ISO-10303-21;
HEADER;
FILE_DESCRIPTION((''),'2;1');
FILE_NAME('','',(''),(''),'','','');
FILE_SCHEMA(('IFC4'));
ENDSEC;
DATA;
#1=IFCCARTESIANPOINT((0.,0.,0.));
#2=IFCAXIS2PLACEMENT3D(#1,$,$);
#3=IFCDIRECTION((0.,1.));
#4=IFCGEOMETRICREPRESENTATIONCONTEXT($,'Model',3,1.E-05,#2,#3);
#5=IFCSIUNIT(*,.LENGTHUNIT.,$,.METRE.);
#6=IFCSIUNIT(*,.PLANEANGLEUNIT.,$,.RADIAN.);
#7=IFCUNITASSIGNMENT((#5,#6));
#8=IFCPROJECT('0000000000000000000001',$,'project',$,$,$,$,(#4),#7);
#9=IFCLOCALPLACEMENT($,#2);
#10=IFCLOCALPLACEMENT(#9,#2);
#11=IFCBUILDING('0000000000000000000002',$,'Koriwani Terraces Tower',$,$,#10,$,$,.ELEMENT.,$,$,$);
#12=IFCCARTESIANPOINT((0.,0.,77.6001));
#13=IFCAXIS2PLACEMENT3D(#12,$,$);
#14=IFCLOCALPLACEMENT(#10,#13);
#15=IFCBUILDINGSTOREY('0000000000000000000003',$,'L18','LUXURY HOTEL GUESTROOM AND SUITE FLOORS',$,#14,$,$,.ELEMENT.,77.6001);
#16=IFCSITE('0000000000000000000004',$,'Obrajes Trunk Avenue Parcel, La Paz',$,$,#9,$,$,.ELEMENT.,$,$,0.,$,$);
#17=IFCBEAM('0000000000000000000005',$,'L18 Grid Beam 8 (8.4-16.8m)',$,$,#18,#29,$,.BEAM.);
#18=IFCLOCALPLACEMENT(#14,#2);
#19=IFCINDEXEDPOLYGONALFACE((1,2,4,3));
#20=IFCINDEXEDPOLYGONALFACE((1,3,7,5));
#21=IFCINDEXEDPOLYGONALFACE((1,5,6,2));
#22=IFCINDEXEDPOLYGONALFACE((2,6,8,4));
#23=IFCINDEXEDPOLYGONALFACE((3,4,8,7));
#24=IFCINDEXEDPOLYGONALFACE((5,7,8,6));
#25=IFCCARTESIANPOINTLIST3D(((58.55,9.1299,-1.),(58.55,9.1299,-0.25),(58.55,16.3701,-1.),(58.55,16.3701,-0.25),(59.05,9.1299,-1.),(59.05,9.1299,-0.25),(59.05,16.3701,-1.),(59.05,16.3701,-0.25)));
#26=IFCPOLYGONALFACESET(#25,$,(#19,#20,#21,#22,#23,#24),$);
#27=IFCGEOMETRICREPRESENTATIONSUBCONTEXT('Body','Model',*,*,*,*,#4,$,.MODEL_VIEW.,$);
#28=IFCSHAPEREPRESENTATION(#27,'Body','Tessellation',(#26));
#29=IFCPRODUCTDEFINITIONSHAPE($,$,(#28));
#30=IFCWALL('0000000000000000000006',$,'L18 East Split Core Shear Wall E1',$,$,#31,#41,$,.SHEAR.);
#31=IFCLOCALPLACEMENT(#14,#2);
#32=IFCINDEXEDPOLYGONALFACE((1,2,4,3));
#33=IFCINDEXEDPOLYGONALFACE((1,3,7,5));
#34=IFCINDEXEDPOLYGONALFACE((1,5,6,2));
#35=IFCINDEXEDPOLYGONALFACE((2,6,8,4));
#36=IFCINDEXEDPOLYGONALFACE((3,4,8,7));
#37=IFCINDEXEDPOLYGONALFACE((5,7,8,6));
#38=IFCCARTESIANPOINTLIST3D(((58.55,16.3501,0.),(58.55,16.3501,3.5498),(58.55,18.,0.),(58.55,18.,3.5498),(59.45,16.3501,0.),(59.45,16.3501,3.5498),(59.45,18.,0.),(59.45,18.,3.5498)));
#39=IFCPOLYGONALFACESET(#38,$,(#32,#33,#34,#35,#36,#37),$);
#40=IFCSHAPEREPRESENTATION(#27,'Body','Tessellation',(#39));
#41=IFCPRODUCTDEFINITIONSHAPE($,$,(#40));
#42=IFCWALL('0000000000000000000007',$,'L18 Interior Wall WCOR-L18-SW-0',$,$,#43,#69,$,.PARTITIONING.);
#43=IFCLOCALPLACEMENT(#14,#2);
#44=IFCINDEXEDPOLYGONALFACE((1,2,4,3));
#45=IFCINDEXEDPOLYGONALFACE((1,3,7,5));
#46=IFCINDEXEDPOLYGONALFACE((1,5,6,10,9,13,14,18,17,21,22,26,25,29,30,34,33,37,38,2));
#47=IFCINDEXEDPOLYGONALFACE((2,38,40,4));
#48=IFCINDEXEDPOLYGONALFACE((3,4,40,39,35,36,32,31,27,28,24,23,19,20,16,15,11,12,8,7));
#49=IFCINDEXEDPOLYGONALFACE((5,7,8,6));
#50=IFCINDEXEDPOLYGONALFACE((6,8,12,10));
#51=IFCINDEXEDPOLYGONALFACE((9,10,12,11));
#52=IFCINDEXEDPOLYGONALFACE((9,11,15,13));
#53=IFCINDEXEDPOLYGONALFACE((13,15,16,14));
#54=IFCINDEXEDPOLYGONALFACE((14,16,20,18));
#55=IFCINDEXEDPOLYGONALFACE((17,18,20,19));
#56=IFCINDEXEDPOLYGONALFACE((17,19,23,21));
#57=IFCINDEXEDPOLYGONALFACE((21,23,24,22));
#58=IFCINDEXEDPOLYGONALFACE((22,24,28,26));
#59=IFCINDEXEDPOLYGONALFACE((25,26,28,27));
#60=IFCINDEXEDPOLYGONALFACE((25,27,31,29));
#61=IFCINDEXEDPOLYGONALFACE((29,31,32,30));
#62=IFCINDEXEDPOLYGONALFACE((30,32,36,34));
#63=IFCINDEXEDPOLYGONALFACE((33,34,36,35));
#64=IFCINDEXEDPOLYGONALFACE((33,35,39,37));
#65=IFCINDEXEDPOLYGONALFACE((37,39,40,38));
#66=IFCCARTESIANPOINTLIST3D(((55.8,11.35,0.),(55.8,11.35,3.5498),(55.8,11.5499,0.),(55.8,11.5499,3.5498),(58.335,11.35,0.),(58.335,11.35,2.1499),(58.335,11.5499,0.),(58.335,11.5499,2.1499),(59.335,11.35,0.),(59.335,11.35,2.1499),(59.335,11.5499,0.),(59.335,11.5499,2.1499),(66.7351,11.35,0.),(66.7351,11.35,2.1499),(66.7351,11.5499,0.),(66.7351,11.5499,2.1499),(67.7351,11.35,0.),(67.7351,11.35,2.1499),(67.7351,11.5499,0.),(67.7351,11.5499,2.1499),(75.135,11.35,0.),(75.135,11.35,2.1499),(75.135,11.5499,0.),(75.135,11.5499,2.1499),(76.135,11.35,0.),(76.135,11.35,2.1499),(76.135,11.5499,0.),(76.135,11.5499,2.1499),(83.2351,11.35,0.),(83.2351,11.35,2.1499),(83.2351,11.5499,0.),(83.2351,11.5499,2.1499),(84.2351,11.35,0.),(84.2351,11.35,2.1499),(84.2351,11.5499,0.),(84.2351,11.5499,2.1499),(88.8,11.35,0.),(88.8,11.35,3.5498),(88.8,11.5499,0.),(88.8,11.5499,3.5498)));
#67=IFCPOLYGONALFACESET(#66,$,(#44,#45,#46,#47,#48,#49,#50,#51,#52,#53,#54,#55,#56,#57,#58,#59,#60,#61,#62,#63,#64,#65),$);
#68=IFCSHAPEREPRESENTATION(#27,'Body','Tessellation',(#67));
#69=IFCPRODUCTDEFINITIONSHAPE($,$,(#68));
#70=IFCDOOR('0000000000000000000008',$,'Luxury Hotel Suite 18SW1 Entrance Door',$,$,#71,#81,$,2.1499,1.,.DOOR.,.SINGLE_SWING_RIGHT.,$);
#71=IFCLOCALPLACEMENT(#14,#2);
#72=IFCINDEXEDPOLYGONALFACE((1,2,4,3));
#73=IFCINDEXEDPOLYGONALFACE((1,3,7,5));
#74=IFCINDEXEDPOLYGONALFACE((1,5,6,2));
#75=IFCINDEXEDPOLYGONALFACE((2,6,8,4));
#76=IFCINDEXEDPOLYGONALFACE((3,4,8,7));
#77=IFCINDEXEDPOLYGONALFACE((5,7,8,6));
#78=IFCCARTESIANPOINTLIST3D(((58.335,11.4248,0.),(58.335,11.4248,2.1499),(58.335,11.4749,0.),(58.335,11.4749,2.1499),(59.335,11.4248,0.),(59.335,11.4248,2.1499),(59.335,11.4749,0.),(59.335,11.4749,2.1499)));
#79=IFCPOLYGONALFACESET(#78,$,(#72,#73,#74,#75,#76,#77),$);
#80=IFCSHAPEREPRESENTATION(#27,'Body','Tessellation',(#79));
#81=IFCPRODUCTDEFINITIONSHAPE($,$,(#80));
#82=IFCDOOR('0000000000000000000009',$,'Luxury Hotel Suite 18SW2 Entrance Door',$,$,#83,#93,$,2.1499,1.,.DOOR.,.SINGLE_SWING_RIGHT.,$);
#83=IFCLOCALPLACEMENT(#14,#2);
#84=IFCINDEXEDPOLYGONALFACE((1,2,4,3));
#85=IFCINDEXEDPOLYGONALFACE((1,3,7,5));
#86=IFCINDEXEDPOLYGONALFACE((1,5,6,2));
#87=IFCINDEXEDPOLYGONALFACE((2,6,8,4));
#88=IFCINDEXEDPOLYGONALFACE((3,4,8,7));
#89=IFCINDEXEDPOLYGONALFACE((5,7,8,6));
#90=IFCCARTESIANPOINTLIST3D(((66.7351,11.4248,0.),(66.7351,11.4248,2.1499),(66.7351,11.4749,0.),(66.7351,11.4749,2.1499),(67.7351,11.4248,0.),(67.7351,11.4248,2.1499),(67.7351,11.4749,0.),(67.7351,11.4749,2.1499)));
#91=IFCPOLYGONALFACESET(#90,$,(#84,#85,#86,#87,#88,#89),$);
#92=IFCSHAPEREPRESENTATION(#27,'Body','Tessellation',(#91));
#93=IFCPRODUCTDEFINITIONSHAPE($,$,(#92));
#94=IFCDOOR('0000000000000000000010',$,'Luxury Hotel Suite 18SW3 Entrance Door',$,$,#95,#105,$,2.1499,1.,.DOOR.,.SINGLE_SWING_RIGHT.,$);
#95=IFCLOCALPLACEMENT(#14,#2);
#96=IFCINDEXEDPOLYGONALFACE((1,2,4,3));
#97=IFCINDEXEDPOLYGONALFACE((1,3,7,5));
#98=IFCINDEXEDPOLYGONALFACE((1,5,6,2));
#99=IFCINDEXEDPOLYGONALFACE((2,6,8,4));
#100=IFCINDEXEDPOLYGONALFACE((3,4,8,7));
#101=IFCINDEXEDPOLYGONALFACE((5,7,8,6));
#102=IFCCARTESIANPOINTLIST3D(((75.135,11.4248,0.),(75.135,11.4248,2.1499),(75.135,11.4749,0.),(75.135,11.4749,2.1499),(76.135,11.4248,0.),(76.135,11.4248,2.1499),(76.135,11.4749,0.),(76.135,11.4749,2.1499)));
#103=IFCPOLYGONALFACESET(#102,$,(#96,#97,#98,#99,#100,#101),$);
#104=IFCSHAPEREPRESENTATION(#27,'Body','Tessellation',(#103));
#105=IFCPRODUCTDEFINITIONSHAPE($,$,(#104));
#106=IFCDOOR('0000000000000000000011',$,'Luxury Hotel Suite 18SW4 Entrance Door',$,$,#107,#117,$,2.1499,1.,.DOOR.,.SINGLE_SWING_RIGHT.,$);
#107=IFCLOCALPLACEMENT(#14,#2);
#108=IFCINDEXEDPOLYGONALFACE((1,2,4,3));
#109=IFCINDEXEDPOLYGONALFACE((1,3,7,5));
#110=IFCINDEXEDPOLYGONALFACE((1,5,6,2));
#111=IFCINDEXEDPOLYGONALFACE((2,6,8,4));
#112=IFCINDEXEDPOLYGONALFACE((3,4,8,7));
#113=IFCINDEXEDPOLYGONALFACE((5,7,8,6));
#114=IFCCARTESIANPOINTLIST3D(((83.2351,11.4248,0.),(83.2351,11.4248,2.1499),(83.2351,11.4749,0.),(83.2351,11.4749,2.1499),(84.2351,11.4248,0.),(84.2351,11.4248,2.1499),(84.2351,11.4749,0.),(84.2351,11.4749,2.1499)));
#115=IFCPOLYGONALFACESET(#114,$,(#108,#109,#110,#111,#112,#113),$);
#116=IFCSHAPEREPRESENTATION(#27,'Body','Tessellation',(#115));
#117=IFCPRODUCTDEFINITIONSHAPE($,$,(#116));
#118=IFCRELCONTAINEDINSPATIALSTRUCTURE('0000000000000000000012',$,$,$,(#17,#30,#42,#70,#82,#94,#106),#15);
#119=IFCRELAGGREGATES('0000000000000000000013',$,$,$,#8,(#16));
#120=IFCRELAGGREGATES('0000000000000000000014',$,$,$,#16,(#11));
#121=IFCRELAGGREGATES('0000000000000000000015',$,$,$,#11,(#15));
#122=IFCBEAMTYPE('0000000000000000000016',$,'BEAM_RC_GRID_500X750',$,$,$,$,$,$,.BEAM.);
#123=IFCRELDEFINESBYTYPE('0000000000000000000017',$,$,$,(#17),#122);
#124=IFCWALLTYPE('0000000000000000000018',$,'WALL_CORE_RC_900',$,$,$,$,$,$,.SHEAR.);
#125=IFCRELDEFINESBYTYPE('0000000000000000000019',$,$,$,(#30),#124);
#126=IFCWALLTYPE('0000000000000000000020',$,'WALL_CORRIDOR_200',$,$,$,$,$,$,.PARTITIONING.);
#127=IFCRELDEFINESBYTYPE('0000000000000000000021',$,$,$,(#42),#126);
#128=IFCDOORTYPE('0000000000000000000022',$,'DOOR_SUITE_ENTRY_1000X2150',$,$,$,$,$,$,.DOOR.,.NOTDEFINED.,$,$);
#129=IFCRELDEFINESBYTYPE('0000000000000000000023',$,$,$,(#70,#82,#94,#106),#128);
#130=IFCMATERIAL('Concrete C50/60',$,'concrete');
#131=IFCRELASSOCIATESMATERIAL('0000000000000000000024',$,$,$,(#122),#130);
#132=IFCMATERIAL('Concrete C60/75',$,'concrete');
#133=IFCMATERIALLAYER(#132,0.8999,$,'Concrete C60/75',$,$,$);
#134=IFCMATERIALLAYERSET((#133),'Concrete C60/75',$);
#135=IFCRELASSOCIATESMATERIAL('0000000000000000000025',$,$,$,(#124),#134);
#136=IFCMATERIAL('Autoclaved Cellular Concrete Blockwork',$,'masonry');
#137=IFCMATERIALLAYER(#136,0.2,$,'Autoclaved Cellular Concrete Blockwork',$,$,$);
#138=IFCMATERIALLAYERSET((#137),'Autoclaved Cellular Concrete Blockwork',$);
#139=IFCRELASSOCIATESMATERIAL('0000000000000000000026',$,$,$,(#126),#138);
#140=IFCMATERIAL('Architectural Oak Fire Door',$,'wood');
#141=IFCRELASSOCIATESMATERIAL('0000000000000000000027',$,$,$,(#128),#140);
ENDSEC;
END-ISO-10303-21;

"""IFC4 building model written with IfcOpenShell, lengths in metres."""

from ifc_helpers import new_model, si_unit, direction, frame, frame_2d, origin, origin_2d, place, context, subcontext, project, spatial, rectangle, extrude, material, layer, layer_set, material_profile, profile_set, type_object, element, fill, save


model = new_model("IFC4")

# Units and contexts
model_context = context("Model", 3, precision=1e-05, world=origin(), true_north=direction((0.0, 1.0)))
body_context = subcontext(model_context, "Body", "Model", "MODEL_VIEW")
ifc_project = project(units=[si_unit("LENGTHUNIT", "METRE"), si_unit("PLANEANGLEUNIT", "RADIAN")], contexts=[model_context])

# Site, building, storey
site_placement = place(None, origin())
site = spatial("IfcSite", under=ifc_project, at=site_placement, Name="Obrajes Trunk Avenue Parcel, La Paz", CompositionType="ELEMENT", RefElevation=0.0)
building_placement = place(site_placement, origin())
building = spatial("IfcBuilding", under=site, at=building_placement, Name="Koriwani Terraces Tower", CompositionType="ELEMENT")
storey_placement = place(building_placement, frame((0.0, 0.0, 77.6001)))
storey = spatial("IfcBuildingStorey", under=building, at=storey_placement, Name="L18", Description="LUXURY HOTEL GUESTROOM AND SUITE FLOORS", CompositionType="ELEMENT", Elevation=77.6001)

# Beam
ifc_material_1 = material(Name="Concrete C50/60", Category="concrete")
ifc_material_profile = material_profile(ifc_material_1, rectangle(XDim=0.5, YDim=0.75, at=origin_2d()), Name="Concrete C50/60", Category="LoadBearing")
ifc_profile_set = profile_set([ifc_material_profile], Name="Concrete C50/60")
beam_type = type_object("IfcBeamType", Name="BEAM_RC_GRID_500X750", PredefinedType="BEAM", material=ifc_profile_set)
beam_placement = place(storey_placement, frame((58.8, 9.1299, -0.625), z_axis=(0.0, 1.0, 0.0), x_axis=(-1.0, 0.0, 0.0)))
element("IfcBeam", 1, at=beam_placement, inside=storey, type_object=beam_type, Name="L18 Grid Beam 8 (8.4-16.8m)", PredefinedType="BEAM", context=body_context, shape_type="SweptSolid", body=[
    extrude(rectangle(XDim=0.5, YDim=0.75, at=origin_2d()), origin(), (0.0, 0.0, 1.0), 7.2402),
])

# Wall
ifc_material_2 = material(Name="Concrete C60/75", Category="concrete")
ifc_layer_1 = layer(ifc_material_2, 0.8999, Name="Concrete C60/75")
ifc_layer_set_1 = layer_set([ifc_layer_1], Name="Concrete C60/75")
wall_type_1 = type_object("IfcWallType", Name="WALL_CORE_RC_900", PredefinedType="SHEAR", material=ifc_layer_set_1)
wall_1_placement = place(storey_placement, frame((59.0, 16.3501, 0.0), z_axis=(0.0, 0.0, 1.0), x_axis=(0.0, 1.0, 0.0)))
element("IfcWall", 2, at=wall_1_placement, inside=storey, type_object=wall_type_1, Name="L18 East Split Core Shear Wall E1", PredefinedType="SHEAR", context=body_context, shape_type="SweptSolid", body=[
    extrude(rectangle(XDim=1.6499, YDim=0.8999, at=frame_2d((0.825, 0.0))), origin(), (0.0, 0.0, 1.0), 3.5498),
])

# Wall, openings, doors
ifc_material_3 = material(Name="Autoclaved Cellular Concrete Blockwork", Category="masonry")
ifc_layer_2 = layer(ifc_material_3, 0.2, Name="Autoclaved Cellular Concrete Blockwork")
ifc_layer_set_2 = layer_set([ifc_layer_2], Name="Autoclaved Cellular Concrete Blockwork")
wall_type_2 = type_object("IfcWallType", Name="WALL_CORRIDOR_200", PredefinedType="PARTITIONING", material=ifc_layer_set_2)
wall_2_placement = place(storey_placement, frame((55.8, 11.45, 0.0), z_axis=(0.0, 0.0, 1.0), x_axis=(1.0, 0.0, 0.0)))
wall_2 = element("IfcWall", 3, at=wall_2_placement, inside=storey, type_object=wall_type_2, Name="L18 Interior Wall WCOR-L18-SW-0", PredefinedType="PARTITIONING", context=body_context, shape_type="SweptSolid", body=[
    extrude(rectangle(XDim=33.0, YDim=0.2, at=frame_2d((16.5, 0.0))), origin(), (0.0, 0.0, 1.0), 3.5498),
])
opening_1_placement = place(wall_2_placement, frame((2.5349, 0.0, 0.0)))
opening_1 = element("IfcOpeningElement", 4, at=opening_1_placement, cuts=wall_2, PredefinedType="OPENING", context=body_context, shape_type="SweptSolid", body=[
    extrude(rectangle(XDim=1.0, YDim=2.1499, at=frame_2d((0.5, 1.075))), frame((0.0, 0.1099, 0.0), z_axis=(0.0, -1.0, 0.0), x_axis=(1.0, 0.0, 0.0)), (0.0, 0.0, 1.0), 0.22),
])
opening_2_placement = place(wall_2_placement, frame((10.9351, 0.0, 0.0)))
opening_2 = element("IfcOpeningElement", 5, at=opening_2_placement, cuts=wall_2, PredefinedType="OPENING", context=body_context, shape_type="SweptSolid", body=[
    extrude(rectangle(XDim=1.0, YDim=2.1499, at=frame_2d((0.5, 1.075))), frame((0.0, 0.1099, 0.0), z_axis=(0.0, -1.0, 0.0), x_axis=(1.0, 0.0, 0.0)), (0.0, 0.0, 1.0), 0.22),
])
opening_3_placement = place(wall_2_placement, frame((19.335, 0.0, 0.0)))
opening_3 = element("IfcOpeningElement", 6, at=opening_3_placement, cuts=wall_2, PredefinedType="OPENING", context=body_context, shape_type="SweptSolid", body=[
    extrude(rectangle(XDim=1.0, YDim=2.1499, at=frame_2d((0.5, 1.075))), frame((0.0, 0.1099, 0.0), z_axis=(0.0, -1.0, 0.0), x_axis=(1.0, 0.0, 0.0)), (0.0, 0.0, 1.0), 0.22),
])
opening_4_placement = place(wall_2_placement, frame((27.4351, 0.0, 0.0)))
opening_4 = element("IfcOpeningElement", 7, at=opening_4_placement, cuts=wall_2, PredefinedType="OPENING", context=body_context, shape_type="SweptSolid", body=[
    extrude(rectangle(XDim=1.0, YDim=2.1499, at=frame_2d((0.5, 1.075))), frame((0.0, 0.1099, 0.0), z_axis=(0.0, -1.0, 0.0), x_axis=(1.0, 0.0, 0.0)), (0.0, 0.0, 1.0), 0.22),
])
ifc_material_4 = material(Name="Architectural Oak Fire Door", Category="wood")
door_type = type_object("IfcDoorType", Name="DOOR_SUITE_ENTRY_1000X2150", OperationType="NOTDEFINED", PredefinedType="DOOR", material=ifc_material_4)
door_1_placement = place(opening_1_placement, origin())
door_1 = element("IfcDoor", 8, at=door_1_placement, inside=storey, type_object=door_type, Name="Luxury Hotel Suite 18SW1 Entrance Door", OperationType="SINGLE_SWING_RIGHT", OverallHeight=2.1499, OverallWidth=1.0, PredefinedType="DOOR", context=body_context, shape_type="SweptSolid", body=[
    extrude(rectangle(XDim=1.0, YDim=2.1499, at=frame_2d((0.5, 1.075))), frame((0.0, 0.0249, 0.0), z_axis=(0.0, -1.0, 0.0), x_axis=(1.0, 0.0, 0.0)), (0.0, 0.0, 1.0), 0.05),
])
fill(opening_1, door_1)
door_2_placement = place(opening_2_placement, origin())
door_2 = element("IfcDoor", 9, at=door_2_placement, inside=storey, type_object=door_type, Name="Luxury Hotel Suite 18SW2 Entrance Door", OperationType="SINGLE_SWING_RIGHT", OverallHeight=2.1499, OverallWidth=1.0, PredefinedType="DOOR", context=body_context, shape_type="SweptSolid", body=[
    extrude(rectangle(XDim=1.0, YDim=2.1499, at=frame_2d((0.5, 1.075))), frame((0.0, 0.0249, 0.0), z_axis=(0.0, -1.0, 0.0), x_axis=(1.0, 0.0, 0.0)), (0.0, 0.0, 1.0), 0.05),
])
fill(opening_2, door_2)
door_3_placement = place(opening_3_placement, origin())
door_3 = element("IfcDoor", 10, at=door_3_placement, inside=storey, type_object=door_type, Name="Luxury Hotel Suite 18SW3 Entrance Door", OperationType="SINGLE_SWING_RIGHT", OverallHeight=2.1499, OverallWidth=1.0, PredefinedType="DOOR", context=body_context, shape_type="SweptSolid", body=[
    extrude(rectangle(XDim=1.0, YDim=2.1499, at=frame_2d((0.5, 1.075))), frame((0.0, 0.0249, 0.0), z_axis=(0.0, -1.0, 0.0), x_axis=(1.0, 0.0, 0.0)), (0.0, 0.0, 1.0), 0.05),
])
fill(opening_3, door_3)
door_4_placement = place(opening_4_placement, origin())
door_4 = element("IfcDoor", 11, at=door_4_placement, inside=storey, type_object=door_type, Name="Luxury Hotel Suite 18SW4 Entrance Door", OperationType="SINGLE_SWING_RIGHT", OverallHeight=2.1499, OverallWidth=1.0, PredefinedType="DOOR", context=body_context, shape_type="SweptSolid", body=[
    extrude(rectangle(XDim=1.0, YDim=2.1499, at=frame_2d((0.5, 1.075))), frame((0.0, 0.0249, 0.0), z_axis=(0.0, -1.0, 0.0), x_axis=(1.0, 0.0, 0.0)), (0.0, 0.0, 1.0), 0.05),
])
fill(opening_4, door_4)

save(model, "model.ifc")
